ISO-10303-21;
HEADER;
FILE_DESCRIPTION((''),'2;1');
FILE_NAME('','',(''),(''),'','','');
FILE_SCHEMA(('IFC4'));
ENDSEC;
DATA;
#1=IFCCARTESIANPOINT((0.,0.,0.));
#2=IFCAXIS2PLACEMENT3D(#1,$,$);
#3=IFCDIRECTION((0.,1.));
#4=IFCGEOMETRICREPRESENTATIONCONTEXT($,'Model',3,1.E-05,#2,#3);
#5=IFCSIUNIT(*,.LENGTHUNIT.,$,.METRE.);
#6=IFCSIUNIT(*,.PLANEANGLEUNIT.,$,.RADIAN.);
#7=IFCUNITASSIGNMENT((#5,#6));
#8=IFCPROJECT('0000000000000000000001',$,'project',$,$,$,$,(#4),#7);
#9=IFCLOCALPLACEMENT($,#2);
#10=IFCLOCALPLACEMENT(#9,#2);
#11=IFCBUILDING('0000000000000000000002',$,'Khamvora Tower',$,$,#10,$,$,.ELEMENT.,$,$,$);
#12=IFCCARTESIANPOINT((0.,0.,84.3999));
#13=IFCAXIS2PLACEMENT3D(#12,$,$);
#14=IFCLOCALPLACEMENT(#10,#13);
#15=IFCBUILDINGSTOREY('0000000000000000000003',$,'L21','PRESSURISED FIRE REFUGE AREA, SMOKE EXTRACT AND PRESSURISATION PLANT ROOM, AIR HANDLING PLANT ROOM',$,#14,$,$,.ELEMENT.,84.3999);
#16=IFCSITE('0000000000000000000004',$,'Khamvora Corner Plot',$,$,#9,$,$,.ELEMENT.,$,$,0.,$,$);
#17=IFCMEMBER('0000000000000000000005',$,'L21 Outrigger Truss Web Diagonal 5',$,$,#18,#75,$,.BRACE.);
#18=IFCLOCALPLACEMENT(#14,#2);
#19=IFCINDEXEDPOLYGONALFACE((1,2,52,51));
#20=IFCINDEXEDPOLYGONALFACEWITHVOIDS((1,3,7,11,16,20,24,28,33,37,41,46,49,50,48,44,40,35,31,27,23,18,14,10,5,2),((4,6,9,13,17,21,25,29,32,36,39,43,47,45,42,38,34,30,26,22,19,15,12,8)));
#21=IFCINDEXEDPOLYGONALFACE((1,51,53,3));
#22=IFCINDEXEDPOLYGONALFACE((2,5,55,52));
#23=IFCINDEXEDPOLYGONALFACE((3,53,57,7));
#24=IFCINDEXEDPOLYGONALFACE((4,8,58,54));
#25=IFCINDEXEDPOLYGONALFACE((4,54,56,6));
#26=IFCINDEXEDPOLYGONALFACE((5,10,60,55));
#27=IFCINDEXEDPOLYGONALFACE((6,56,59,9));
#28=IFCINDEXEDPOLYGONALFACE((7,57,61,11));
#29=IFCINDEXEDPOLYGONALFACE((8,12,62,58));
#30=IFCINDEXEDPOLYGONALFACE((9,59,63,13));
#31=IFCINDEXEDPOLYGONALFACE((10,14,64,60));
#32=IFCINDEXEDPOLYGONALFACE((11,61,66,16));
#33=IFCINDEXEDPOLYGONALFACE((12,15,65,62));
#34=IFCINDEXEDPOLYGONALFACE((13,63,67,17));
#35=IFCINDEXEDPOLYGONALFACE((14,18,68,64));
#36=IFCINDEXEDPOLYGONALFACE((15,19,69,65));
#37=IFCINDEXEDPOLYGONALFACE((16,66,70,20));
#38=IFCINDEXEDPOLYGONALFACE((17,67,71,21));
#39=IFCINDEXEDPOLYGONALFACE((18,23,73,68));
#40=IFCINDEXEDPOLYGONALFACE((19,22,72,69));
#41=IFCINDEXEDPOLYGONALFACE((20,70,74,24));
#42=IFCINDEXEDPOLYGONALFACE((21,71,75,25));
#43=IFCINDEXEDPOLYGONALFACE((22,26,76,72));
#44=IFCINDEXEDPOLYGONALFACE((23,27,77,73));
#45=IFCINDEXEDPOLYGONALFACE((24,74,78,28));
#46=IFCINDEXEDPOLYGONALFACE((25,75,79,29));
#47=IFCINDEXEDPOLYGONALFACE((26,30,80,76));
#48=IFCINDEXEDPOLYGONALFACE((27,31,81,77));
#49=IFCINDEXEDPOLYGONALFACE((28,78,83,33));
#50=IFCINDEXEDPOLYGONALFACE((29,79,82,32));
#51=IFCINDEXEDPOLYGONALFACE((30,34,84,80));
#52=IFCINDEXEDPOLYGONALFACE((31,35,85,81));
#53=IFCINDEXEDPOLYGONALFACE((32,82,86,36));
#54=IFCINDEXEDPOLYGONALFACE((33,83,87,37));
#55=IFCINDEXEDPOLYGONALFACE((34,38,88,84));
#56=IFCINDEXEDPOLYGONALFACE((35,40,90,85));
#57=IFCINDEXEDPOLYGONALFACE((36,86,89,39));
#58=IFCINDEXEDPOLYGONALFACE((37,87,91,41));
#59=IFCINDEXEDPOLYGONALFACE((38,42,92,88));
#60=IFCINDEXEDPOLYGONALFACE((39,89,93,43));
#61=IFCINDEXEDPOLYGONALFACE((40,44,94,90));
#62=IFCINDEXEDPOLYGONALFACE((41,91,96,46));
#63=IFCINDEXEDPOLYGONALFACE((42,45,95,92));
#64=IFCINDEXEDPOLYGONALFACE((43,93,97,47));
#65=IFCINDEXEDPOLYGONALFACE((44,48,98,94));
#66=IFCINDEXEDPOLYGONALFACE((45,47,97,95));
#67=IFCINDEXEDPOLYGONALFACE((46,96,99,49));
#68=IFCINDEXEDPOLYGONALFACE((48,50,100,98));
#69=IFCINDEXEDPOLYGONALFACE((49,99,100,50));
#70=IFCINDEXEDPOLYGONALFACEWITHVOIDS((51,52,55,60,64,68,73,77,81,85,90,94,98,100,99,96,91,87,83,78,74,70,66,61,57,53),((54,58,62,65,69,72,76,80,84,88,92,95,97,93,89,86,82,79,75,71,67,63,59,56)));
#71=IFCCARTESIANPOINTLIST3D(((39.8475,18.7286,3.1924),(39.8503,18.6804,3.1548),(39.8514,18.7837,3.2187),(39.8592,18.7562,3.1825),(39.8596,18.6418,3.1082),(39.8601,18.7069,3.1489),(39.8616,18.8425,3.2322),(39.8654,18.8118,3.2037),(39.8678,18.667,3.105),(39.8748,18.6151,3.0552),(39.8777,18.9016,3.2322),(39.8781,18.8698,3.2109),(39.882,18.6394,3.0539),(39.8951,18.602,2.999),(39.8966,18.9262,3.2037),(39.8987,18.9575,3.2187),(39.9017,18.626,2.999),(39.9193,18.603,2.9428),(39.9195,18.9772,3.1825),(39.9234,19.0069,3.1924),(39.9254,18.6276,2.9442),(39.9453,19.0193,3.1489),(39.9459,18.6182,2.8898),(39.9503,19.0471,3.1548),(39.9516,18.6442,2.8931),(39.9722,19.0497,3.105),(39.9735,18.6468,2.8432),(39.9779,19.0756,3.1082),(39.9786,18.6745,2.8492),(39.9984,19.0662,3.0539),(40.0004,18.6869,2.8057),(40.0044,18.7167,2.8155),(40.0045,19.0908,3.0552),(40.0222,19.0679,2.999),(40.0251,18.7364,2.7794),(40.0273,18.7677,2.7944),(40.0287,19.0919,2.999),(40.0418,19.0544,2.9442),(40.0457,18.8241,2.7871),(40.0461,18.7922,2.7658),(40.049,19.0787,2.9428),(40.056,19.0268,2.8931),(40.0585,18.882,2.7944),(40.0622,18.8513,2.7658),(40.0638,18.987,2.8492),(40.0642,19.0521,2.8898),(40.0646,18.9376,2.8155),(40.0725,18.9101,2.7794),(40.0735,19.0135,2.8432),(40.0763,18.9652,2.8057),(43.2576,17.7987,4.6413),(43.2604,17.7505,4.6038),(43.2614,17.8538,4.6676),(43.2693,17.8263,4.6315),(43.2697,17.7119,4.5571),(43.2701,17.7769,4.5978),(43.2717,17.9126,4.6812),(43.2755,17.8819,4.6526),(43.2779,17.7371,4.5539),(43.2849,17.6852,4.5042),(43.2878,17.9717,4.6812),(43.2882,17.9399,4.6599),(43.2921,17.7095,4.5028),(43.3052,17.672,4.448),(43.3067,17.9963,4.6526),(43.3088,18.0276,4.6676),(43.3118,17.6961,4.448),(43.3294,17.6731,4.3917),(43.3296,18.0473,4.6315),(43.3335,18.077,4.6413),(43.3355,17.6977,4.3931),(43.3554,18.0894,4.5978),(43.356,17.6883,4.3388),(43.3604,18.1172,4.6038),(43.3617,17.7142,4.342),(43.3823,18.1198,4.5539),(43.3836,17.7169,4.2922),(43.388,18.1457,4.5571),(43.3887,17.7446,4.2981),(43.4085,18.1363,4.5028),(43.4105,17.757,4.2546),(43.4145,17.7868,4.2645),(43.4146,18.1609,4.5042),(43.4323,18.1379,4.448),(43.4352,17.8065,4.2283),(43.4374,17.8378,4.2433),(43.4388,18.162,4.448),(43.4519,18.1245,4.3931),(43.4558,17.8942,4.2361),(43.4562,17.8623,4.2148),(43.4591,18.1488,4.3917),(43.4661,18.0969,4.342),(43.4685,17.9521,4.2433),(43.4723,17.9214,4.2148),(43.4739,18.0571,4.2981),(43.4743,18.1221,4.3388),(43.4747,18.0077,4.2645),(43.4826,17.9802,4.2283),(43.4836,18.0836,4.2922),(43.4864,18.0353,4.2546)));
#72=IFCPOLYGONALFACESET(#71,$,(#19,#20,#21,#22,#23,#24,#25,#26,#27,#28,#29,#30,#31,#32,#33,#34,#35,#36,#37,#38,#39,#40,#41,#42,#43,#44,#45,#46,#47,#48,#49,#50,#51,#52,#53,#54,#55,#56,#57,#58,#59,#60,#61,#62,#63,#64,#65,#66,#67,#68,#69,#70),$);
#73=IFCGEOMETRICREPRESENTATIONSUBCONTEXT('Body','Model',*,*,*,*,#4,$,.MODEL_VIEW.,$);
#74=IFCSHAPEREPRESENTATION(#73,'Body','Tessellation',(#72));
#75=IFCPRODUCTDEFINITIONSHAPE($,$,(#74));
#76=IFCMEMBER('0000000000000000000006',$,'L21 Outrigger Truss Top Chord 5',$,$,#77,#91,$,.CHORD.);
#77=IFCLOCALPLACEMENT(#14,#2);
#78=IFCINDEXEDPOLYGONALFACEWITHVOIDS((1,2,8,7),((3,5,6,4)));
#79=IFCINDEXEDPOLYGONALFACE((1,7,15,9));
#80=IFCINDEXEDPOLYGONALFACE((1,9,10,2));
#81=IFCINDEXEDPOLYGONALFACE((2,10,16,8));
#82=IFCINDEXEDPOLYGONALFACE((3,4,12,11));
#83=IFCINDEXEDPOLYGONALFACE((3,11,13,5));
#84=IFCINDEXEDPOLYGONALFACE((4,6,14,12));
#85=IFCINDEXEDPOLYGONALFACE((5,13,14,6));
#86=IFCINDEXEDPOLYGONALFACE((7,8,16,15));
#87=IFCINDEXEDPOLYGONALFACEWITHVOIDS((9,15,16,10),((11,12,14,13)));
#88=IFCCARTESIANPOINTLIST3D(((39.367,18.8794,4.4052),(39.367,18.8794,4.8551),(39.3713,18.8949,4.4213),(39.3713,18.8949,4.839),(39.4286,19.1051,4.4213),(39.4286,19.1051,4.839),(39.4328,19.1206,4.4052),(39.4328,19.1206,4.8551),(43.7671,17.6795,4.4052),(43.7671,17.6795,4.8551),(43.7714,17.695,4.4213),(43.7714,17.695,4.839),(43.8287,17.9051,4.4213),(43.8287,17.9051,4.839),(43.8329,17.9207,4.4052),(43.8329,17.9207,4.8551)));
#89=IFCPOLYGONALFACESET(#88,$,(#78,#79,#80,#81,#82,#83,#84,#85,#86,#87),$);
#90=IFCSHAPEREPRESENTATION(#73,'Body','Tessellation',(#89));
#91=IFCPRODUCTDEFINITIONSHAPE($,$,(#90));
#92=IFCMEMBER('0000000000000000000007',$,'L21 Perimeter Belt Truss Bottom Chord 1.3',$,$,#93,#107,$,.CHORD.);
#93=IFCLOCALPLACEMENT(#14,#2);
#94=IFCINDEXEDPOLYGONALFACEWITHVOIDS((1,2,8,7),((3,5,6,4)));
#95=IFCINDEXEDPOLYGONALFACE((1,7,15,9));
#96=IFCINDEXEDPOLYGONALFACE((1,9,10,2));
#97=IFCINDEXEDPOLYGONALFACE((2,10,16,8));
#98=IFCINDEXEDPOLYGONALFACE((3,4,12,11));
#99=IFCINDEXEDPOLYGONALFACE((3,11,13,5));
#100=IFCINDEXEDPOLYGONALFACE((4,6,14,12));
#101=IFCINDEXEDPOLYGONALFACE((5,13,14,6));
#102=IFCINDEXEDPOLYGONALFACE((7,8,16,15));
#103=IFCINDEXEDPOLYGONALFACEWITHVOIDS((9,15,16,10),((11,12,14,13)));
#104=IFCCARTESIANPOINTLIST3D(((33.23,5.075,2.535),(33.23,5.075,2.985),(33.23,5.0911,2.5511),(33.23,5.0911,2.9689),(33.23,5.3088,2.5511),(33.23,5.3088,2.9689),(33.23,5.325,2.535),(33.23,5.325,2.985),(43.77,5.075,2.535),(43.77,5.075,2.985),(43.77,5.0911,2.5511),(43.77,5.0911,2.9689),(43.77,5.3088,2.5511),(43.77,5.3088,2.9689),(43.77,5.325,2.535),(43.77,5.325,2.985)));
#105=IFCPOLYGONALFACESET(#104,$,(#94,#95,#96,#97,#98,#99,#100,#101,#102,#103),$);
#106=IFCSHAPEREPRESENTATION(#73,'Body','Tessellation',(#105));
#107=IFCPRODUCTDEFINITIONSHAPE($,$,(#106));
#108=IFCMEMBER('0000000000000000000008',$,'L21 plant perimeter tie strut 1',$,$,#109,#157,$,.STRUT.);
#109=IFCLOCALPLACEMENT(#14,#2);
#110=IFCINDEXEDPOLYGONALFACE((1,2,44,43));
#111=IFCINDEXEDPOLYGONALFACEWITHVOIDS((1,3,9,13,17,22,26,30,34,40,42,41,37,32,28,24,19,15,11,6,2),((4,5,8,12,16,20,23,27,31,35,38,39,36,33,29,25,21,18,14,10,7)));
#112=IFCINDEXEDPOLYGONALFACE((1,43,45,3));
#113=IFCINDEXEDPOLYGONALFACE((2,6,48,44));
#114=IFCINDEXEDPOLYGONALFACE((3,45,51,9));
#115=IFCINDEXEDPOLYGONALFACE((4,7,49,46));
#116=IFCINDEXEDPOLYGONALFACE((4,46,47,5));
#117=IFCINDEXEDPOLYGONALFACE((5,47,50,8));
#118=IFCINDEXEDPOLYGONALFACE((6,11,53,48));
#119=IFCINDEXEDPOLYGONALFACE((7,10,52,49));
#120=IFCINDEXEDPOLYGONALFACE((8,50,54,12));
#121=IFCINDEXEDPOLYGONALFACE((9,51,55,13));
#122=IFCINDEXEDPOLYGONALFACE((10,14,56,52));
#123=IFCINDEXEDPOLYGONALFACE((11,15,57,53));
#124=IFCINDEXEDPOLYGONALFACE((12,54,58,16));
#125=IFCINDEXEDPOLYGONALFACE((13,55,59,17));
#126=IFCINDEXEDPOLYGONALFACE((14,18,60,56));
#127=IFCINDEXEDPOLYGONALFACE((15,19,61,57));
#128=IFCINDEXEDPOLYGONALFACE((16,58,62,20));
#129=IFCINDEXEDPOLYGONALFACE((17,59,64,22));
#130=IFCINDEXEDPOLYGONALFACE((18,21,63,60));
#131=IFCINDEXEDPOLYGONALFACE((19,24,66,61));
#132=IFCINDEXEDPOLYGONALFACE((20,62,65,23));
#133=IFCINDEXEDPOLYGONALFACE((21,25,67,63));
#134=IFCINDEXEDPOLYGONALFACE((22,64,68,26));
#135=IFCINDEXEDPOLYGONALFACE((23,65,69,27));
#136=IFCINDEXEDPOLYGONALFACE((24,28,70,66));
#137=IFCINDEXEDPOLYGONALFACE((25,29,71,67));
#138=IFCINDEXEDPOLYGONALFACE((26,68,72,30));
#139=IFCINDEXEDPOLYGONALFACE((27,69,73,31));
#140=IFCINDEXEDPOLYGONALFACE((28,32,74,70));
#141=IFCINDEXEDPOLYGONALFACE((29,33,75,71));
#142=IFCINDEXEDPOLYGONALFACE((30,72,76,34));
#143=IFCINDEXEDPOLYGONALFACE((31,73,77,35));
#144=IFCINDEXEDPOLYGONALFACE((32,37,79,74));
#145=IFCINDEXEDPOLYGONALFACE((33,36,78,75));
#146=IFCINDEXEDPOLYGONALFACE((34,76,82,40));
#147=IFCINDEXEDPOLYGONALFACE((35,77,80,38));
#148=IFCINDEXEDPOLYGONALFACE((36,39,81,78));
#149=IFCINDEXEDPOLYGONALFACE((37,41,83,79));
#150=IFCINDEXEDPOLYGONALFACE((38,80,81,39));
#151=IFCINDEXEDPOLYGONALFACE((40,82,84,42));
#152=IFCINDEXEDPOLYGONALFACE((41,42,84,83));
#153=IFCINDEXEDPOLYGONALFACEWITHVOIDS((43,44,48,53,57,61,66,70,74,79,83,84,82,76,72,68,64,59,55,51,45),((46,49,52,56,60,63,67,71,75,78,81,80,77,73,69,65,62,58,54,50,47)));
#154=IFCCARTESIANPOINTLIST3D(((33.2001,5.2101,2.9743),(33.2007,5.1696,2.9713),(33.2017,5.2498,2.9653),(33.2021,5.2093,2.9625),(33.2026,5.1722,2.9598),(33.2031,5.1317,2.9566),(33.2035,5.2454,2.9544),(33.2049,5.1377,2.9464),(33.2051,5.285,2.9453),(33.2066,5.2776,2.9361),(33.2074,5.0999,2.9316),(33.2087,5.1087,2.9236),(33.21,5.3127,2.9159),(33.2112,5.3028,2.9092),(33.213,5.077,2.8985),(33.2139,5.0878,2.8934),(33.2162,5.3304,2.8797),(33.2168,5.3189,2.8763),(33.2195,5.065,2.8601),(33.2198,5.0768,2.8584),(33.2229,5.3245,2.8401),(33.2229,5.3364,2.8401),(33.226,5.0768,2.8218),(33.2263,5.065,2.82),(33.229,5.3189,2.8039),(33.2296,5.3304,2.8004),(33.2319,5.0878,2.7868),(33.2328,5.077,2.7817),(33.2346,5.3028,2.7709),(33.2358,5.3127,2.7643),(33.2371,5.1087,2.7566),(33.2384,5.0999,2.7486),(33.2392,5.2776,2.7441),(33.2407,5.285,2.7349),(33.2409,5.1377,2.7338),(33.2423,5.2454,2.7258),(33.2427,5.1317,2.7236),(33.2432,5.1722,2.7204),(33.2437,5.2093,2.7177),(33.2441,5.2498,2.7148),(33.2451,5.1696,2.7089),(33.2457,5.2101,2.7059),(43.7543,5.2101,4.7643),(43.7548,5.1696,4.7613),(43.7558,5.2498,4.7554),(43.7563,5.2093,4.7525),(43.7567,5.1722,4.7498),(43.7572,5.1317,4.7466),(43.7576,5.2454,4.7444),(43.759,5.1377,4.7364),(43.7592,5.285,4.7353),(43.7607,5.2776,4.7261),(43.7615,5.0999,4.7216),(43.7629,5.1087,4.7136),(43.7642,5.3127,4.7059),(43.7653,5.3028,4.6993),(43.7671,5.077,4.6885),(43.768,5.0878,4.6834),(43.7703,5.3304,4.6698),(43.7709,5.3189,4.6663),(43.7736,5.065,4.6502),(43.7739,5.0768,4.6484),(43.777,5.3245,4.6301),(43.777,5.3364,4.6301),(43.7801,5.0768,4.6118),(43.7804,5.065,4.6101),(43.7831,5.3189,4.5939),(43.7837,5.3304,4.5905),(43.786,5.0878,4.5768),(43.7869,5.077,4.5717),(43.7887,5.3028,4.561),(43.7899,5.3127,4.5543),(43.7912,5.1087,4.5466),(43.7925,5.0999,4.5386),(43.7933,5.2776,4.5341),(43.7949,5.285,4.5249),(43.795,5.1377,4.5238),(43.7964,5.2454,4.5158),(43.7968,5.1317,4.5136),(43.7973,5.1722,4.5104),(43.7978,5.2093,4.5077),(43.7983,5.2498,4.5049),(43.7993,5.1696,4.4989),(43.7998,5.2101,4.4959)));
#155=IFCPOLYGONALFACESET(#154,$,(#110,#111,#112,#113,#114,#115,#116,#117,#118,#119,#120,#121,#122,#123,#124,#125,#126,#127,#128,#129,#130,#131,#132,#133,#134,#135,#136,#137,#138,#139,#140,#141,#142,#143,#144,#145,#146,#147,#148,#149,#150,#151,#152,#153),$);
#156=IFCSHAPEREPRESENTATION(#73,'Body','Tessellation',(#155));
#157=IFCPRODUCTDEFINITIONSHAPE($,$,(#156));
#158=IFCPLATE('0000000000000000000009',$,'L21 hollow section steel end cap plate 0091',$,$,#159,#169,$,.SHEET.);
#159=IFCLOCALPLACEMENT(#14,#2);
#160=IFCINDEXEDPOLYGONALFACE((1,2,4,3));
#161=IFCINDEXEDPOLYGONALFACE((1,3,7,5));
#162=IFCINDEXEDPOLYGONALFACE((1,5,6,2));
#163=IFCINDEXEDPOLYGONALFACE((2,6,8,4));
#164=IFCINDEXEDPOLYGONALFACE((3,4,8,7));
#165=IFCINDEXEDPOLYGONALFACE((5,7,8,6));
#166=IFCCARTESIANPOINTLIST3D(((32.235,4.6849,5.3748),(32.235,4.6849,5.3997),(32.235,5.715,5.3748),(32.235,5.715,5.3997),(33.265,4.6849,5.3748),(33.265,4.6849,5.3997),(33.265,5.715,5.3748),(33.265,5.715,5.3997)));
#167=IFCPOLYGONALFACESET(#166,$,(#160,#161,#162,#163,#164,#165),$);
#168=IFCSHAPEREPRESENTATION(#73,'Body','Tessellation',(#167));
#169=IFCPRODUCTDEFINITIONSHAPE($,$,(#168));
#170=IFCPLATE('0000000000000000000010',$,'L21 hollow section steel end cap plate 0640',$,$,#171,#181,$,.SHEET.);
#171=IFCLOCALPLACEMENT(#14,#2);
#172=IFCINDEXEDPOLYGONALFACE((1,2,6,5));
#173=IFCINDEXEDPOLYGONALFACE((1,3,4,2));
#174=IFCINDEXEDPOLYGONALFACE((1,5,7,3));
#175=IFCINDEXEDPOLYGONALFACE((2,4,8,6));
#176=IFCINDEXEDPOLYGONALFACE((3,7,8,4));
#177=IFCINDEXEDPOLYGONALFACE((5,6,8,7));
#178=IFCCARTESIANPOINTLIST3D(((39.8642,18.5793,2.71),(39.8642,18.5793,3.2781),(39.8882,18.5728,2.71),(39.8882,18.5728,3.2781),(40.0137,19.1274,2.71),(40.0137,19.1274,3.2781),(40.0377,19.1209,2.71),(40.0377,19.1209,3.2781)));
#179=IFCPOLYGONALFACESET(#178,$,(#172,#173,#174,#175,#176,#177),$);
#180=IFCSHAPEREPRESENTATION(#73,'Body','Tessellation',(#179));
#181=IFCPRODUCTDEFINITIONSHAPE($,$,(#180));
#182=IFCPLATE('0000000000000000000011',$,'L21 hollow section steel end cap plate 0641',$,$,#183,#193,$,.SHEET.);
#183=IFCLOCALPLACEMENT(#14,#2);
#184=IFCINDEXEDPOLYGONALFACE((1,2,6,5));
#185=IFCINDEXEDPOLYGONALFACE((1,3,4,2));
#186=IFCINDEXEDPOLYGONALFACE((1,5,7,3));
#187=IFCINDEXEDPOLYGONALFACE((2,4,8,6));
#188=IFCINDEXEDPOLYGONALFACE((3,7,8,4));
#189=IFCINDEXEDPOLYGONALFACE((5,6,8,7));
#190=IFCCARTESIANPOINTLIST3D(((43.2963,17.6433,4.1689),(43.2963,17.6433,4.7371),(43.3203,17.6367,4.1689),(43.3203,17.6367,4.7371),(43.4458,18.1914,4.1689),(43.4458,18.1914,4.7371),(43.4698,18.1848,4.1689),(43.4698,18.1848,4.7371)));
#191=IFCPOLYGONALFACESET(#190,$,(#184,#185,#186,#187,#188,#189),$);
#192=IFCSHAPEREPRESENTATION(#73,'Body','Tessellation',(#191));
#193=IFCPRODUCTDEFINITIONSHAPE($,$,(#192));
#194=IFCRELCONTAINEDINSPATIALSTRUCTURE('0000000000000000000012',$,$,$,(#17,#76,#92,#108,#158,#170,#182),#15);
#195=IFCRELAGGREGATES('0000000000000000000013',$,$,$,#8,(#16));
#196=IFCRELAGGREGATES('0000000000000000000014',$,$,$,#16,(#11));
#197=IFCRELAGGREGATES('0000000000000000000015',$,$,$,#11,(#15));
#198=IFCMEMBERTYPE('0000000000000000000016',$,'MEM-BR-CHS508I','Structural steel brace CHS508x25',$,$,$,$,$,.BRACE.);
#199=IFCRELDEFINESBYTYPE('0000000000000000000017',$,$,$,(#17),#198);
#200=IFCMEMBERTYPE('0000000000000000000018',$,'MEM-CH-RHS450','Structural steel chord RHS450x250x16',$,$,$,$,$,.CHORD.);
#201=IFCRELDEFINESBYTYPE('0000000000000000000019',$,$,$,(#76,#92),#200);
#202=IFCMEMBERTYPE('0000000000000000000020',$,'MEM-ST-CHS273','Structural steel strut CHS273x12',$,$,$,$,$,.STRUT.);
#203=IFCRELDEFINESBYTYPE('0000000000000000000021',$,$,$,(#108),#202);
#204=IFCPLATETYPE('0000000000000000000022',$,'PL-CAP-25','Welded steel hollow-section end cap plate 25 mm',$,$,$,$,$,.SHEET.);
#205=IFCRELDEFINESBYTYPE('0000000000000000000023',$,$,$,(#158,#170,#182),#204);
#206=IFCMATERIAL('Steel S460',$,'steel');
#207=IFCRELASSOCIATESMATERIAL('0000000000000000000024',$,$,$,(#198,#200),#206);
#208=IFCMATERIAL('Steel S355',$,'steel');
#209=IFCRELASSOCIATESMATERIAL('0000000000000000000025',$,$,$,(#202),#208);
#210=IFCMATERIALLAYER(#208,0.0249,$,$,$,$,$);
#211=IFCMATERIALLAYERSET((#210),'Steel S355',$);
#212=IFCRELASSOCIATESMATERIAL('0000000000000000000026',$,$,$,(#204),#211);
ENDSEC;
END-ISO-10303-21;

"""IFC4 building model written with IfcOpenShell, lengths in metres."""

from ifc_helpers import new_model, si_unit, direction, frame, origin, origin_2d, place, context, subcontext, project, spatial, rectangle, hollow_rectangle, hollow_circle, extrude, material, layer, layer_set, material_profile, profile_set, type_object, element, save


model = new_model("IFC4")

# Units and contexts
model_context = context("Model", 3, precision=1e-05, world=origin(), true_north=direction((0.0, 1.0)))
body_context = subcontext(model_context, "Body", "Model", "MODEL_VIEW")
ifc_project = project(units=[si_unit("LENGTHUNIT", "METRE"), si_unit("PLANEANGLEUNIT", "RADIAN")], contexts=[model_context])

# Site, building, storey
site_placement = place(None, origin())
site = spatial("IfcSite", under=ifc_project, at=site_placement, Name="Khamvora Corner Plot", CompositionType="ELEMENT", RefElevation=0.0)
building_placement = place(site_placement, origin())
building = spatial("IfcBuilding", under=site, at=building_placement, Name="Khamvora Tower", CompositionType="ELEMENT")
storey_placement = place(building_placement, frame((0.0, 0.0, 84.3999)))
storey = spatial("IfcBuildingStorey", under=building, at=storey_placement, Name="L21", Description="PRESSURISED FIRE REFUGE AREA, SMOKE EXTRACT AND PRESSURISATION PLANT ROOM, AIR HANDLING PLANT ROOM", CompositionType="ELEMENT", Elevation=84.3999)

# Shared definitions
ifc_material_1 = material(Name="Steel S355", Category="steel")
ifc_material_2 = material(Name="Steel S460", Category="steel")

# Members
ifc_material_profile_1 = material_profile(ifc_material_2, hollow_circle(Radius=0.2539, WallThickness=0.0249, at=origin_2d()), Name="CHS508x25")
ifc_profile_set_1 = profile_set([ifc_material_profile_1], Name="Steel S460")
member_type_1 = type_object("IfcMemberType", Name="MEM-BR-CHS508I", Description="Structural steel brace CHS508x25", PredefinedType="BRACE", material=ifc_profile_set_1)
member_1_placement = place(storey_placement, frame((39.9619, 18.8469, 2.999), z_axis=(0.892678, -0.243429, 0.379299), x_axis=(0.263088, 0.964772, 0.0)))
element("IfcMember", 1, at=member_1_placement, inside=storey, type_object=member_type_1, Name="L21 Outrigger Truss Web Diagonal 5", PredefinedType="BRACE", context=body_context, shape_type="SweptSolid", body=[
    extrude(hollow_circle(Radius=0.2539, WallThickness=0.0249, at=origin_2d()), origin(), (0.0, 0.0, 1.0), 3.8201),
])
ifc_material_profile_2 = material_profile(ifc_material_2, hollow_rectangle(XDim=0.25, YDim=0.45, WallThickness=0.0161, at=origin_2d()), Name="RHS450x250x16")
ifc_profile_set_2 = profile_set([ifc_material_profile_2], Name="Steel S460")
member_type_2 = type_object("IfcMemberType", Name="MEM-CH-RHS450", Description="Structural steel chord RHS450x250x16", PredefinedType="CHORD", material=ifc_profile_set_2)
member_2_placement = place(storey_placement, frame((39.3999, 19.0, 4.6301), z_axis=(0.964769, -0.263099, 0.0), x_axis=(0.263099, 0.964769, 0.0)))
element("IfcMember", 2, at=member_2_placement, inside=storey, type_object=member_type_2, Name="L21 Outrigger Truss Top Chord 5", PredefinedType="CHORD", context=body_context, shape_type="SweptSolid", body=[
    extrude(hollow_rectangle(XDim=0.25, YDim=0.45, WallThickness=0.0161, at=origin_2d()), origin(), (0.0, 0.0, 1.0), 4.5608),
])
member_3_placement = place(storey_placement, frame((33.23, 5.2, 2.76), z_axis=(1.0, 0.0, 0.0), x_axis=(0.0, 1.0, 0.0)))
element("IfcMember", 3, at=member_3_placement, inside=storey, type_object=member_type_2, Name="L21 Perimeter Belt Truss Bottom Chord 1.3", PredefinedType="CHORD", context=body_context, shape_type="SweptSolid", body=[
    extrude(hollow_rectangle(XDim=0.25, YDim=0.45, WallThickness=0.0161, at=origin_2d()), origin(), (0.0, 0.0, 1.0), 10.54),
])
ifc_material_profile_3 = material_profile(ifc_material_1, hollow_circle(Radius=0.1365, WallThickness=0.012, at=origin_2d()), Name="CHS273x12")
ifc_profile_set_3 = profile_set([ifc_material_profile_3], Name="Steel S355")
member_type_3 = type_object("IfcMemberType", Name="MEM-ST-CHS273", Description="Structural steel strut CHS273x12", PredefinedType="STRUT", material=ifc_profile_set_3)
member_4_placement = place(storey_placement, frame((33.2229, 5.2, 2.8401), z_axis=(0.98592, 0.0, 0.167216), x_axis=(0.0, 1.0, 0.0)))
element("IfcMember", 4, at=member_4_placement, inside=storey, type_object=member_type_3, Name="L21 plant perimeter tie strut 1", PredefinedType="STRUT", context=body_context, shape_type="SweptSolid", body=[
    extrude(hollow_circle(Radius=0.1365, WallThickness=0.012, at=origin_2d()), origin(), (0.0, 0.0, 1.0), 10.7048),
])

# Plates
ifc_layer_1 = layer(ifc_material_1, 0.0249)
ifc_layer_set_1 = layer_set([ifc_layer_1], Name="Steel S355")
plate_type_1 = type_object("IfcPlateType", Name="PL-CAP-25", Description="Welded steel hollow-section end cap plate 25 mm", PredefinedType="SHEET", material=ifc_layer_set_1)
plate_1_placement = place(storey_placement, frame((32.75, 5.2, 5.3748), z_axis=(0.0, 0.0, 1.0), x_axis=(1.0, 0.0, 0.0)))
element("IfcPlate", 5, at=plate_1_placement, inside=storey, type_object=plate_type_1, Name="L21 hollow section steel end cap plate 0091", PredefinedType="SHEET", context=body_context, shape_type="SweptSolid", body=[
    extrude(rectangle(XDim=1.03, YDim=1.03, at=origin_2d()), origin(), (0.0, 0.0, 1.0), 0.0249),
])
for number, where, z_axis, x_axis, name in (
    (6, (39.9509, 18.8501, 2.71), (0.0, 0.0, 1.0), (0.964764, -0.263115, 0.0), "L21 hollow section steel end cap plate 0640"),
    (7, (43.3831, 17.9141, 4.1689), (0.0, 0.0, 1.0), (0.964764, -0.263115, 0.0), "L21 hollow section steel end cap plate 0641"),
):
    element("IfcPlate", number, at=place(storey_placement, frame(where, z_axis=z_axis, x_axis=x_axis)), inside=storey, type_object=plate_type_1, Name=name, PredefinedType="SHEET", context=body_context, shape_type="SweptSolid", body=[
        extrude(rectangle(XDim=0.0249, YDim=0.5681, at=origin_2d()), origin(), (0.0, 0.0, 1.0), 0.5681),
    ])

save(model, "model.ifc")
